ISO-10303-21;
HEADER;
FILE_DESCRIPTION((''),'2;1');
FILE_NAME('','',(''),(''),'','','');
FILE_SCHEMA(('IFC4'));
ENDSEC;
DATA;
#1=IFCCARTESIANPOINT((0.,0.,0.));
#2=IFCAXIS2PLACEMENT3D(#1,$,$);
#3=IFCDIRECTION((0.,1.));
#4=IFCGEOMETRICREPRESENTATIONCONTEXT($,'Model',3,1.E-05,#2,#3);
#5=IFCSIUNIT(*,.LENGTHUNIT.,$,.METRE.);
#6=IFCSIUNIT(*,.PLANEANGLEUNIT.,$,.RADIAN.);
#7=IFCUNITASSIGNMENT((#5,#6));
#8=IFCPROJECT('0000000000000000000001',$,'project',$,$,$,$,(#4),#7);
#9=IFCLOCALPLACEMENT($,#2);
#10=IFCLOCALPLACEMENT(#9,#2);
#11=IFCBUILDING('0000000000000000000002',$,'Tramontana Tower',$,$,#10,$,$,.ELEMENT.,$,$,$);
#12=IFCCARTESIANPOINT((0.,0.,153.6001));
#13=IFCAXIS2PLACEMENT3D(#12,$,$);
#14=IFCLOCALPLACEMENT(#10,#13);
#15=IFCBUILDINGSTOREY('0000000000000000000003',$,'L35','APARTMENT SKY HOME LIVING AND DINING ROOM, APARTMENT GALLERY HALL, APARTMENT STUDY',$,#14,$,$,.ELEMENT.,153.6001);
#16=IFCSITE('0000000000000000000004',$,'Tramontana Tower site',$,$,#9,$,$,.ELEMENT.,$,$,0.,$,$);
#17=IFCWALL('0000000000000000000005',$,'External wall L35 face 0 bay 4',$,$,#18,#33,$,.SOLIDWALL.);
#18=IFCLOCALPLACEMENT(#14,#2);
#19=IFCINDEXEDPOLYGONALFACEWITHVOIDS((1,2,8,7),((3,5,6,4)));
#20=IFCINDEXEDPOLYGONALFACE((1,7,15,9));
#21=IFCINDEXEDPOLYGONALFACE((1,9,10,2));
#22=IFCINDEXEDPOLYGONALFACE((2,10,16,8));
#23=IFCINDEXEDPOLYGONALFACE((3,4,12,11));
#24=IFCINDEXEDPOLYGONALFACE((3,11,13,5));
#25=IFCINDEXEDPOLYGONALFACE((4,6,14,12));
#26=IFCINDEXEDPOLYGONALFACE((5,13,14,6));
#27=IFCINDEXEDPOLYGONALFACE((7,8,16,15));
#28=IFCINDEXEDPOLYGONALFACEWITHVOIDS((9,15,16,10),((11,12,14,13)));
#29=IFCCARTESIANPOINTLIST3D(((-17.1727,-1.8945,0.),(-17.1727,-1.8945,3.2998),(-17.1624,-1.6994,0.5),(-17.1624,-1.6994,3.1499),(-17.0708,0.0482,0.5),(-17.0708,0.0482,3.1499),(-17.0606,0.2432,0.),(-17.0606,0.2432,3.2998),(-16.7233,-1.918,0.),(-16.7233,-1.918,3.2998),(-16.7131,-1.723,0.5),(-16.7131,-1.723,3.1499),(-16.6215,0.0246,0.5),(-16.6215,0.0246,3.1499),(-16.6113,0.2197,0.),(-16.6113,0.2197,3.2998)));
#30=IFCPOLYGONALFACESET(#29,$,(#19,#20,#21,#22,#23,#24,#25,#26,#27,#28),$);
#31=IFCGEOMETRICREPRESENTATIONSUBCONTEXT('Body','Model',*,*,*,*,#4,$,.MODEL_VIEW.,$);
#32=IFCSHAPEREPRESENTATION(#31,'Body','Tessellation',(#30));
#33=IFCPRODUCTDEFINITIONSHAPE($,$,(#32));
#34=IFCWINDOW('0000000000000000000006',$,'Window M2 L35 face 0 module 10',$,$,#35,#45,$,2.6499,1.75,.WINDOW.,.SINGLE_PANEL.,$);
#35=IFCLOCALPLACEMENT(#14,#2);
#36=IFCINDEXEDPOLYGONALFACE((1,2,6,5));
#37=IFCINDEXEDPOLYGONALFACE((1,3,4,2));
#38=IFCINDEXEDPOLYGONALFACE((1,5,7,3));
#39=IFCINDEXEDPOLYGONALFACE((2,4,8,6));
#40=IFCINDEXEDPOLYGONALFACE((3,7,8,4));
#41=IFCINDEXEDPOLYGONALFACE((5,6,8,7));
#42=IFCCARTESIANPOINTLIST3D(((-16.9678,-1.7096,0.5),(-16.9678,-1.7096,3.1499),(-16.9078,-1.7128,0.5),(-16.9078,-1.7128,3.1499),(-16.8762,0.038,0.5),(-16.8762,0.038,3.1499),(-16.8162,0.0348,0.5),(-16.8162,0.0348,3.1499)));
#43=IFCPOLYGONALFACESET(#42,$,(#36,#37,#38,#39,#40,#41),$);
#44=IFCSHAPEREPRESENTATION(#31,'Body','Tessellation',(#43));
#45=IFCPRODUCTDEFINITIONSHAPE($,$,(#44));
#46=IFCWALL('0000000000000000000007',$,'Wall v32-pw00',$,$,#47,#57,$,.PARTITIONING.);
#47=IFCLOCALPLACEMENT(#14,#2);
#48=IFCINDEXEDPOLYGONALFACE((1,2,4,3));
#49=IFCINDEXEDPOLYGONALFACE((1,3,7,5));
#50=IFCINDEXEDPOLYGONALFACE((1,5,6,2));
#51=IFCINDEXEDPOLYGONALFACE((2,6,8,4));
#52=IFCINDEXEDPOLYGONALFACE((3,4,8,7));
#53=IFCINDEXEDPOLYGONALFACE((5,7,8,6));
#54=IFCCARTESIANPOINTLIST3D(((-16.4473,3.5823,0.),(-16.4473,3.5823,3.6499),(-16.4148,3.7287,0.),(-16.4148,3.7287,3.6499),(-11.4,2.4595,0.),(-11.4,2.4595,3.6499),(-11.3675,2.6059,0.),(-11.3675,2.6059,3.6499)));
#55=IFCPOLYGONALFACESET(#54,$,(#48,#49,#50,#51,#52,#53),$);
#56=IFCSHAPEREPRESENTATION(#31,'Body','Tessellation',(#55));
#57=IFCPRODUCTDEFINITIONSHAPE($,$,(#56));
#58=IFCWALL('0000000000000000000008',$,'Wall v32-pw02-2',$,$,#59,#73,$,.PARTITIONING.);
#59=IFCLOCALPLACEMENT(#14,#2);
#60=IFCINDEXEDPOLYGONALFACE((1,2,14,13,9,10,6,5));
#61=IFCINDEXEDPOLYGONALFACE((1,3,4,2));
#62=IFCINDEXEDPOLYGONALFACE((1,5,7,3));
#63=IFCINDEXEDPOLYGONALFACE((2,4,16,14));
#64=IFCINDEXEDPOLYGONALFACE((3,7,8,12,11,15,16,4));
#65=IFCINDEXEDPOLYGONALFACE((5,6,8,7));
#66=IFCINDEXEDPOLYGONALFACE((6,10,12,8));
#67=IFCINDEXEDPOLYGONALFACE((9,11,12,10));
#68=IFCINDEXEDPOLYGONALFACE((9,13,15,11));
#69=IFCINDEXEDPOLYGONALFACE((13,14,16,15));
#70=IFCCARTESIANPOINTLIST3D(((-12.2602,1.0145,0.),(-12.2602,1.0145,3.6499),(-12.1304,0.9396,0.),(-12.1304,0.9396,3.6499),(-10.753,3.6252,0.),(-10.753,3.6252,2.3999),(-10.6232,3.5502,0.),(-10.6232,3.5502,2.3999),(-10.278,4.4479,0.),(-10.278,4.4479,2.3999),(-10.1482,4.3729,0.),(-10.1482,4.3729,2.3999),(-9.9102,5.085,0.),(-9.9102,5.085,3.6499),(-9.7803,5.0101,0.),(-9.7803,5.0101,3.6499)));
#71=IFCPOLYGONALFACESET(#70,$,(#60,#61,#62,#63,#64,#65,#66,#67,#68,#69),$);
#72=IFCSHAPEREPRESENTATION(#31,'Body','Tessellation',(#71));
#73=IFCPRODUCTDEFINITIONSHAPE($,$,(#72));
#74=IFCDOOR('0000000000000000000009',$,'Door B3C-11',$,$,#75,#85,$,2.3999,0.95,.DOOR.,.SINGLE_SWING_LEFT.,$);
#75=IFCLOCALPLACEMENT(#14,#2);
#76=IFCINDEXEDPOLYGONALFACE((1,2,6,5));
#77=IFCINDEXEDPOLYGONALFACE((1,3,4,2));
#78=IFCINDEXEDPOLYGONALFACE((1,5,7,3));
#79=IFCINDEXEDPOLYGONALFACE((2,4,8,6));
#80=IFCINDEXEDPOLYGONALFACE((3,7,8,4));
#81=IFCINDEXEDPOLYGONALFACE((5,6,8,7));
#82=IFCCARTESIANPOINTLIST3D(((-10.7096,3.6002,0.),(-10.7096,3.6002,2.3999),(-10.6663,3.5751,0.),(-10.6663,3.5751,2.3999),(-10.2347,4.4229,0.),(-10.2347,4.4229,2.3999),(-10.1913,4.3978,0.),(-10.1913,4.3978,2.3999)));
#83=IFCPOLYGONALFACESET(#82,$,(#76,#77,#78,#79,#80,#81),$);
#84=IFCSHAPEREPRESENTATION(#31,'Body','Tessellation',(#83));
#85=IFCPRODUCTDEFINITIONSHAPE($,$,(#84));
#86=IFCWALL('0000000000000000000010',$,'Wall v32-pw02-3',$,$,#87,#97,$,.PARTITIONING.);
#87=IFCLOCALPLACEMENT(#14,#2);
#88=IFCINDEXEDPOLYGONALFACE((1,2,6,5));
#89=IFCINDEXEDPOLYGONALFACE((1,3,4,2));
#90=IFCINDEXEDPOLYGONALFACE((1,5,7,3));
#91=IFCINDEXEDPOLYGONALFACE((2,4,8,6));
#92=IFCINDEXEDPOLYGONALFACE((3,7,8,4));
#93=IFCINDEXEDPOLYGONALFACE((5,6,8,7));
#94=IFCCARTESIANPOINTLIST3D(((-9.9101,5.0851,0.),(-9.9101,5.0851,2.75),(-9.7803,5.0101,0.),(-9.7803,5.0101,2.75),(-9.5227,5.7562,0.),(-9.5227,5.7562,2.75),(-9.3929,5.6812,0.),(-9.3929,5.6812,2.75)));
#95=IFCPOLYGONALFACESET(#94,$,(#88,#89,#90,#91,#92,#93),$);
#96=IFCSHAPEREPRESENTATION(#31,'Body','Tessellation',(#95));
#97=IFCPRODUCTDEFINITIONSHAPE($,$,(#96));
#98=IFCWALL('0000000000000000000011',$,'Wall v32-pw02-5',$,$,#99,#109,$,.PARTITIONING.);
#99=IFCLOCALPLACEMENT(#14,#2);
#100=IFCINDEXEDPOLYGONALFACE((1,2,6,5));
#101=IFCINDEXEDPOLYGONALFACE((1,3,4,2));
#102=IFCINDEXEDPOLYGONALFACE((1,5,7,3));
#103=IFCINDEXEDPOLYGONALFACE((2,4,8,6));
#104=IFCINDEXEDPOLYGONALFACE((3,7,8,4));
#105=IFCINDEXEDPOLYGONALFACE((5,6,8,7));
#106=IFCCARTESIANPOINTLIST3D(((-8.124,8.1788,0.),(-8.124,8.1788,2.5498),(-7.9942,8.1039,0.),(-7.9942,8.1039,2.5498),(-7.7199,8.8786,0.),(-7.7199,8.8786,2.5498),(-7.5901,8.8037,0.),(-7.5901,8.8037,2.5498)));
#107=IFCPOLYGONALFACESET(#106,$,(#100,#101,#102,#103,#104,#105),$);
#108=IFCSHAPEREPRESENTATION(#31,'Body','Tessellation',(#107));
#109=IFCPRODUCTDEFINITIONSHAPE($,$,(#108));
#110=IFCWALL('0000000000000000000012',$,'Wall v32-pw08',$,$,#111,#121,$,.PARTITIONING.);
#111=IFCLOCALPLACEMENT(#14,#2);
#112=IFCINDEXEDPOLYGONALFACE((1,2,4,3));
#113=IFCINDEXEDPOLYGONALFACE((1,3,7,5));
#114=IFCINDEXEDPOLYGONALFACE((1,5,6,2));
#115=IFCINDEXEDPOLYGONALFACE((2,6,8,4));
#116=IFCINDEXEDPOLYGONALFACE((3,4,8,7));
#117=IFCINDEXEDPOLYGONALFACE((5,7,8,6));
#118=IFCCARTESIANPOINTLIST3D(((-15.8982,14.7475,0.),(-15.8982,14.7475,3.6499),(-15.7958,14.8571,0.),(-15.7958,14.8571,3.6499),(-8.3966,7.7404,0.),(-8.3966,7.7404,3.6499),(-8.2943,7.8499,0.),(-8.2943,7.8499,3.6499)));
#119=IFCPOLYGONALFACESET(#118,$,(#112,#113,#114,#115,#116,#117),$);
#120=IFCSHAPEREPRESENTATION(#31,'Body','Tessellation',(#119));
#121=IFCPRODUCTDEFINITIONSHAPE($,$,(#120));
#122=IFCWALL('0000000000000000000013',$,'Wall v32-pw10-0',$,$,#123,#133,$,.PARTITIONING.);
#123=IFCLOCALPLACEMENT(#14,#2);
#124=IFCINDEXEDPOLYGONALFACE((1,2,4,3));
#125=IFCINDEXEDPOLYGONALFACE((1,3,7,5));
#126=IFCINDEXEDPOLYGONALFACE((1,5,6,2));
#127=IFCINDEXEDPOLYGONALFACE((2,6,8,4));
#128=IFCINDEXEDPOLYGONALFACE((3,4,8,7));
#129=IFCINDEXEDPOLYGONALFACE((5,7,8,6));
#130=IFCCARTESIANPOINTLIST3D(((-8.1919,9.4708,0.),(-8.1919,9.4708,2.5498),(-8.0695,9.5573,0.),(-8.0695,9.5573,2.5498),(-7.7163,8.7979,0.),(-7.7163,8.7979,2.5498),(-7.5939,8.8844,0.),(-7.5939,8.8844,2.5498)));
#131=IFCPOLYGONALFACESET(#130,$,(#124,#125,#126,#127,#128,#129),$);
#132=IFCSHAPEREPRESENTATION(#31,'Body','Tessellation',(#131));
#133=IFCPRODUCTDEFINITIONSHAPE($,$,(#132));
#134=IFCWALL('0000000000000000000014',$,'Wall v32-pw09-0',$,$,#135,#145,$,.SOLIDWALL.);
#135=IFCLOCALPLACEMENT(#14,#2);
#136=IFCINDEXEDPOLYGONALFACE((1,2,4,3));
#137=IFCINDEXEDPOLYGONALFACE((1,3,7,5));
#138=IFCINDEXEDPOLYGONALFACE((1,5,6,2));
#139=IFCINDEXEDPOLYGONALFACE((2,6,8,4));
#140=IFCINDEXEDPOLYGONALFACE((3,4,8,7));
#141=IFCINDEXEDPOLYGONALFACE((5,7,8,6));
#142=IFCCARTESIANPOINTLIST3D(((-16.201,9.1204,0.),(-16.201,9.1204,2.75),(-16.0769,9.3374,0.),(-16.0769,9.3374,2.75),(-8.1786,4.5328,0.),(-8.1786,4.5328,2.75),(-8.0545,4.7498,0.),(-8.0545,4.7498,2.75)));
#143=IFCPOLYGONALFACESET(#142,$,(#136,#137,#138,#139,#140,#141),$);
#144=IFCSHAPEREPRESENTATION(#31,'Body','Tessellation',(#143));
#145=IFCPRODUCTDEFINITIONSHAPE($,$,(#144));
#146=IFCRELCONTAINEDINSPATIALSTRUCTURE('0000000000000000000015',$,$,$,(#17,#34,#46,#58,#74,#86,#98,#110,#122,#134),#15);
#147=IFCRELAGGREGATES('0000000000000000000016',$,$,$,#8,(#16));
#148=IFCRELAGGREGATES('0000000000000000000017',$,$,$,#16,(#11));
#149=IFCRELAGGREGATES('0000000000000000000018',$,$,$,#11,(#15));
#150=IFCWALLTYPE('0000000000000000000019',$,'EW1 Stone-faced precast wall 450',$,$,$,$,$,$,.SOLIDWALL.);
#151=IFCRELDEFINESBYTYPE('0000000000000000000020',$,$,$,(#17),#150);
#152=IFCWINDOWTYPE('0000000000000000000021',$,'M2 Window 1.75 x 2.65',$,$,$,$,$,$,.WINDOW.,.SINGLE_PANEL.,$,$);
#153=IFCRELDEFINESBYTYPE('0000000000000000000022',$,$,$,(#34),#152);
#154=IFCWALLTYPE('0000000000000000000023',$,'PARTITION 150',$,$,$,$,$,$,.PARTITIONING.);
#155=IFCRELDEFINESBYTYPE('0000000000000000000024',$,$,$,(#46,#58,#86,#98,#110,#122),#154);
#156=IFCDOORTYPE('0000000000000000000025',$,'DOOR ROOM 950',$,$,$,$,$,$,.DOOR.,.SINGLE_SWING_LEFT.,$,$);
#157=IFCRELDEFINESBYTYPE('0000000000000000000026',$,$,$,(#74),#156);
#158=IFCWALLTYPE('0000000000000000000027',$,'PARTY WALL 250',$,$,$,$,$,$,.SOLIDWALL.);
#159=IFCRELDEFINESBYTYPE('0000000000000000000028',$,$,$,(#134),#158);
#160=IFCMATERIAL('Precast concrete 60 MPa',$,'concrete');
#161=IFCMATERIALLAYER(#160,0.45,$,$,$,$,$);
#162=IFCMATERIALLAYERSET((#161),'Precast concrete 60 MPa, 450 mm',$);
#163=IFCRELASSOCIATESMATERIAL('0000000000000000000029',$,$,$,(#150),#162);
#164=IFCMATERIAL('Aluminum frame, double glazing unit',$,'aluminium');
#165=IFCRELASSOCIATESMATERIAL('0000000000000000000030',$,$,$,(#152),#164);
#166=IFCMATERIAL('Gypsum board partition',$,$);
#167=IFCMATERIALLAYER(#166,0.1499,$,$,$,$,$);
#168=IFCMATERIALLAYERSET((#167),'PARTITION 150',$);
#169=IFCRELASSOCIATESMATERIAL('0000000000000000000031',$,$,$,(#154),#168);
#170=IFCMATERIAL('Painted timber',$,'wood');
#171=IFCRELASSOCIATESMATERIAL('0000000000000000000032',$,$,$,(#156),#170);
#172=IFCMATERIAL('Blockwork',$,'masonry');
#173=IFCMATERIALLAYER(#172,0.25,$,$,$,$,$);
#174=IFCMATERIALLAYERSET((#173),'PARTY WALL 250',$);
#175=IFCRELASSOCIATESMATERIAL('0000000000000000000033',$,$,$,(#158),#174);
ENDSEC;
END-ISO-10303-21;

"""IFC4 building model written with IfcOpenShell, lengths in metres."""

from ifc_helpers import new_model, si_unit, direction, frame, frame_2d, origin, place, context, subcontext, project, spatial, rectangle, extrude, material, layer, layer_set, type_object, element, fill, save


model = new_model("IFC4")

# Units and contexts
model_context = context("Model", 3, precision=1e-05, world=origin(), true_north=direction((0.0, 1.0)))
body_context = subcontext(model_context, "Body", "Model", "MODEL_VIEW")
ifc_project = project(units=[si_unit("LENGTHUNIT", "METRE"), si_unit("PLANEANGLEUNIT", "RADIAN")], contexts=[model_context])

# Site, building, storey
site_placement = place(None, origin())
site = spatial("IfcSite", under=ifc_project, at=site_placement, Name="Tramontana Tower site", CompositionType="ELEMENT", RefElevation=0.0)
building_placement = place(site_placement, origin())
building = spatial("IfcBuilding", under=site, at=building_placement, Name="Tramontana Tower", CompositionType="ELEMENT")
storey_placement = place(building_placement, frame((0.0, 0.0, 153.6001)))
storey = spatial("IfcBuildingStorey", under=building, at=storey_placement, Name="L35", Description="APARTMENT SKY HOME LIVING AND DINING ROOM, APARTMENT GALLERY HALL, APARTMENT STUDY", CompositionType="ELEMENT", Elevation=153.6001)

# Shared definitions
ifc_material_1 = material(Name="Precast concrete 60 MPa", Category="concrete")
ifc_layer_1 = layer(ifc_material_1, 0.45)
ifc_layer_set_1 = layer_set([ifc_layer_1], Name="Precast concrete 60 MPa, 450 mm")
wall_type_1 = type_object("IfcWallType", Name="EW1 Stone-faced precast wall 450", PredefinedType="SOLIDWALL", material=ifc_layer_set_1)
ifc_material_2 = material(Name="Aluminum frame, double glazing unit", Category="aluminium")
window_type = type_object("IfcWindowType", Name="M2 Window 1.75 x 2.65", PartitioningType="SINGLE_PANEL", PredefinedType="WINDOW", material=ifc_material_2)

# Wall, opening, window
wall_1_placement = place(storey_placement, frame((-16.8359, 0.2314, 0.0), z_axis=(0.0, 0.0, 1.0), x_axis=(-0.052349, -0.998629, 0.0)))
wall_1 = element("IfcWall", 1, at=wall_1_placement, inside=storey, type_object=wall_type_1, Name="External wall L35 face 0 bay 4", PredefinedType="SOLIDWALL", context=body_context, shape_type="SweptSolid", body=[
    extrude(rectangle(XDim=2.1406, YDim=0.45, at=frame_2d((1.0703, 0.0))), origin(), (0.0, 0.0, 1.0), 3.2998),
])
opening_1_placement = place(wall_1_placement, frame((0.1953, 0.0, 0.5)))
opening_1 = element("IfcOpeningElement", 2, at=opening_1_placement, cuts=wall_1, PredefinedType="OPENING", context=body_context, shape_type="SweptSolid", body=[
    extrude(rectangle(XDim=1.75, YDim=2.6499, at=frame_2d((0.875, 1.325))), frame((0.0, 0.2349, 0.0), z_axis=(0.0, -1.0, 0.0), x_axis=(1.0, 0.0, 0.0)), (0.0, 0.0, 1.0), 0.47),
])
window_1_placement = place(opening_1_placement, origin())
window_1 = element("IfcWindow", 3, at=window_1_placement, inside=storey, type_object=window_type, Name="Window M2 L35 face 0 module 10", OverallHeight=2.6499, OverallWidth=1.75, PartitioningType="SINGLE_PANEL", PredefinedType="WINDOW", context=body_context, shape_type="SweptSolid", body=[
    extrude(rectangle(XDim=1.75, YDim=2.6499, at=frame_2d((0.875, 1.325))), frame((0.0, 0.03, 0.0), z_axis=(0.0, -1.0, 0.0), x_axis=(1.0, 0.0, 0.0)), (0.0, 0.0, 1.0), 0.0601),
])
fill(opening_1, window_1)

# Wall
ifc_material_3 = material(Name="Gypsum board partition")
ifc_layer_2 = layer(ifc_material_3, 0.1499)
ifc_layer_set_2 = layer_set([ifc_layer_2], Name="PARTITION 150")
wall_type_2 = type_object("IfcWallType", Name="PARTITION 150", PredefinedType="PARTITIONING", material=ifc_layer_set_2)
wall_2_placement = place(storey_placement, frame((-16.4312, 3.6555, 0.0), z_axis=(0.0, 0.0, 1.0), x_axis=(0.976139, -0.217145, 0.0)))
element("IfcWall", 4, at=wall_2_placement, inside=storey, type_object=wall_type_2, Name="Wall v32-pw00", PredefinedType="PARTITIONING", context=body_context, shape_type="SweptSolid", body=[
    extrude(rectangle(XDim=5.1707, YDim=0.1499, at=frame_2d((2.5854, 0.0))), origin(), (0.0, 0.0, 1.0), 3.6499),
])

# Wall, opening, door
ifc_material_4 = material(Name="Painted timber", Category="wood")
door_type_1 = type_object("IfcDoorType", Name="DOOR ROOM 950", OperationType="SINGLE_SWING_LEFT", PredefinedType="DOOR", material=ifc_material_4)
wall_3_placement = place(storey_placement, frame((-12.1953, 0.9771, 0.0), z_axis=(0.0, 0.0, 1.0), x_axis=(0.499994, 0.866029, 0.0)))
wall_3 = element("IfcWall", 5, at=wall_3_placement, inside=storey, type_object=wall_type_2, Name="Wall v32-pw02-2", PredefinedType="PARTITIONING", context=body_context, shape_type="SweptSolid", body=[
    extrude(rectangle(XDim=4.7002, YDim=0.1499, at=frame_2d((2.3501, 0.0))), origin(), (0.0, 0.0, 1.0), 3.6499),
])
opening_2_placement = place(wall_3_placement, frame((3.0144, 0.0, 0.0)))
opening_2 = element("IfcOpeningElement", 6, at=opening_2_placement, cuts=wall_3, PredefinedType="OPENING", context=body_context, shape_type="SweptSolid", body=[
    extrude(rectangle(XDim=0.95, YDim=2.3999, at=frame_2d((0.4751, 1.2))), frame((0.0, 0.085, 0.0), z_axis=(0.0, -1.0, 0.0), x_axis=(1.0, 0.0, 0.0)), (0.0, 0.0, 1.0), 0.1699),
])
door_1_placement = place(opening_2_placement, origin())
door_1 = element("IfcDoor", 7, at=door_1_placement, inside=storey, type_object=door_type_1, Name="Door B3C-11", OperationType="SINGLE_SWING_LEFT", OverallHeight=2.3999, OverallWidth=0.95, PredefinedType="DOOR", context=body_context, shape_type="SweptSolid", body=[
    extrude(rectangle(XDim=0.95, YDim=2.3999, at=frame_2d((0.4751, 1.2))), frame((0.0, 0.0249, 0.0), z_axis=(0.0, -1.0, 0.0), x_axis=(1.0, 0.0, 0.0)), (0.0, 0.0, 1.0), 0.05),
])
fill(opening_2, door_1)

# Wall
wall_4_placement = place(storey_placement, frame((-9.8452, 5.0476, 0.0), z_axis=(0.0, 0.0, 1.0), x_axis=(0.499968, 0.866044, 0.0)))
element("IfcWall", 8, at=wall_4_placement, inside=storey, type_object=wall_type_2, Name="Wall v32-pw02-3", PredefinedType="PARTITIONING", context=body_context, shape_type="SweptSolid", body=[
    extrude(rectangle(XDim=0.7749, YDim=0.1499, at=frame_2d((0.3875, 0.0))), origin(), (0.0, 0.0, 1.0), 2.75),
])

# Walls
wall_5_placement = place(storey_placement, frame((-8.0591, 8.1414, 0.0), z_axis=(0.0, 0.0, 1.0), x_axis=(0.500071, 0.865984, 0.0)))
element("IfcWall", 9, at=wall_5_placement, inside=storey, type_object=wall_type_2, Name="Wall v32-pw02-5", PredefinedType="PARTITIONING", context=body_context, shape_type="SweptSolid", body=[
    extrude(rectangle(XDim=0.8081, YDim=0.1499, at=frame_2d((0.4041, 0.0))), origin(), (0.0, 0.0, 1.0), 2.5498),
])
wall_6_placement = place(storey_placement, frame((-8.3455, 7.7952, 0.0), z_axis=(0.0, 0.0, 1.0), x_axis=(-0.730778, 0.682616, 0.0)))
element("IfcWall", 10, at=wall_6_placement, inside=storey, type_object=wall_type_2, Name="Wall v32-pw08", PredefinedType="PARTITIONING", context=body_context, shape_type="SweptSolid", body=[
    extrude(rectangle(XDim=10.2651, YDim=0.1499, at=frame_2d((5.1326, 0.0))), origin(), (0.0, 0.0, 1.0), 3.6499),
])
wall_7_placement = place(storey_placement, frame((-7.655, 8.8411, 0.0), z_axis=(0.0, 0.0, 1.0), x_axis=(-0.577195, 0.816606, 0.0)))
element("IfcWall", 11, at=wall_7_placement, inside=storey, type_object=wall_type_2, Name="Wall v32-pw10-0", PredefinedType="PARTITIONING", context=body_context, shape_type="SweptSolid", body=[
    extrude(rectangle(XDim=0.824, YDim=0.1499, at=frame_2d((0.4121, 0.0))), origin(), (0.0, 0.0, 1.0), 2.5498),
])

# Wall
ifc_material_5 = material(Name="Blockwork", Category="masonry")
ifc_layer_3 = layer(ifc_material_5, 0.25)
ifc_layer_set_3 = layer_set([ifc_layer_3], Name="PARTY WALL 250")
wall_type_3 = type_object("IfcWallType", Name="PARTY WALL 250", PredefinedType="SOLIDWALL", material=ifc_layer_set_3)
wall_8_placement = place(storey_placement, frame((-8.1167, 4.6414, 0.0), z_axis=(0.0, 0.0, 1.0), x_axis=(-0.868085, 0.496415, 0.0)))
element("IfcWall", 12, at=wall_8_placement, inside=storey, type_object=wall_type_3, Name="Wall v32-pw09-0", PredefinedType="SOLIDWALL", context=body_context, shape_type="SweptSolid", body=[
    extrude(rectangle(XDim=9.2415, YDim=0.25, at=frame_2d((4.6206, 0.0))), origin(), (0.0, 0.0, 1.0), 2.75),
])

save(model, "model.ifc")
